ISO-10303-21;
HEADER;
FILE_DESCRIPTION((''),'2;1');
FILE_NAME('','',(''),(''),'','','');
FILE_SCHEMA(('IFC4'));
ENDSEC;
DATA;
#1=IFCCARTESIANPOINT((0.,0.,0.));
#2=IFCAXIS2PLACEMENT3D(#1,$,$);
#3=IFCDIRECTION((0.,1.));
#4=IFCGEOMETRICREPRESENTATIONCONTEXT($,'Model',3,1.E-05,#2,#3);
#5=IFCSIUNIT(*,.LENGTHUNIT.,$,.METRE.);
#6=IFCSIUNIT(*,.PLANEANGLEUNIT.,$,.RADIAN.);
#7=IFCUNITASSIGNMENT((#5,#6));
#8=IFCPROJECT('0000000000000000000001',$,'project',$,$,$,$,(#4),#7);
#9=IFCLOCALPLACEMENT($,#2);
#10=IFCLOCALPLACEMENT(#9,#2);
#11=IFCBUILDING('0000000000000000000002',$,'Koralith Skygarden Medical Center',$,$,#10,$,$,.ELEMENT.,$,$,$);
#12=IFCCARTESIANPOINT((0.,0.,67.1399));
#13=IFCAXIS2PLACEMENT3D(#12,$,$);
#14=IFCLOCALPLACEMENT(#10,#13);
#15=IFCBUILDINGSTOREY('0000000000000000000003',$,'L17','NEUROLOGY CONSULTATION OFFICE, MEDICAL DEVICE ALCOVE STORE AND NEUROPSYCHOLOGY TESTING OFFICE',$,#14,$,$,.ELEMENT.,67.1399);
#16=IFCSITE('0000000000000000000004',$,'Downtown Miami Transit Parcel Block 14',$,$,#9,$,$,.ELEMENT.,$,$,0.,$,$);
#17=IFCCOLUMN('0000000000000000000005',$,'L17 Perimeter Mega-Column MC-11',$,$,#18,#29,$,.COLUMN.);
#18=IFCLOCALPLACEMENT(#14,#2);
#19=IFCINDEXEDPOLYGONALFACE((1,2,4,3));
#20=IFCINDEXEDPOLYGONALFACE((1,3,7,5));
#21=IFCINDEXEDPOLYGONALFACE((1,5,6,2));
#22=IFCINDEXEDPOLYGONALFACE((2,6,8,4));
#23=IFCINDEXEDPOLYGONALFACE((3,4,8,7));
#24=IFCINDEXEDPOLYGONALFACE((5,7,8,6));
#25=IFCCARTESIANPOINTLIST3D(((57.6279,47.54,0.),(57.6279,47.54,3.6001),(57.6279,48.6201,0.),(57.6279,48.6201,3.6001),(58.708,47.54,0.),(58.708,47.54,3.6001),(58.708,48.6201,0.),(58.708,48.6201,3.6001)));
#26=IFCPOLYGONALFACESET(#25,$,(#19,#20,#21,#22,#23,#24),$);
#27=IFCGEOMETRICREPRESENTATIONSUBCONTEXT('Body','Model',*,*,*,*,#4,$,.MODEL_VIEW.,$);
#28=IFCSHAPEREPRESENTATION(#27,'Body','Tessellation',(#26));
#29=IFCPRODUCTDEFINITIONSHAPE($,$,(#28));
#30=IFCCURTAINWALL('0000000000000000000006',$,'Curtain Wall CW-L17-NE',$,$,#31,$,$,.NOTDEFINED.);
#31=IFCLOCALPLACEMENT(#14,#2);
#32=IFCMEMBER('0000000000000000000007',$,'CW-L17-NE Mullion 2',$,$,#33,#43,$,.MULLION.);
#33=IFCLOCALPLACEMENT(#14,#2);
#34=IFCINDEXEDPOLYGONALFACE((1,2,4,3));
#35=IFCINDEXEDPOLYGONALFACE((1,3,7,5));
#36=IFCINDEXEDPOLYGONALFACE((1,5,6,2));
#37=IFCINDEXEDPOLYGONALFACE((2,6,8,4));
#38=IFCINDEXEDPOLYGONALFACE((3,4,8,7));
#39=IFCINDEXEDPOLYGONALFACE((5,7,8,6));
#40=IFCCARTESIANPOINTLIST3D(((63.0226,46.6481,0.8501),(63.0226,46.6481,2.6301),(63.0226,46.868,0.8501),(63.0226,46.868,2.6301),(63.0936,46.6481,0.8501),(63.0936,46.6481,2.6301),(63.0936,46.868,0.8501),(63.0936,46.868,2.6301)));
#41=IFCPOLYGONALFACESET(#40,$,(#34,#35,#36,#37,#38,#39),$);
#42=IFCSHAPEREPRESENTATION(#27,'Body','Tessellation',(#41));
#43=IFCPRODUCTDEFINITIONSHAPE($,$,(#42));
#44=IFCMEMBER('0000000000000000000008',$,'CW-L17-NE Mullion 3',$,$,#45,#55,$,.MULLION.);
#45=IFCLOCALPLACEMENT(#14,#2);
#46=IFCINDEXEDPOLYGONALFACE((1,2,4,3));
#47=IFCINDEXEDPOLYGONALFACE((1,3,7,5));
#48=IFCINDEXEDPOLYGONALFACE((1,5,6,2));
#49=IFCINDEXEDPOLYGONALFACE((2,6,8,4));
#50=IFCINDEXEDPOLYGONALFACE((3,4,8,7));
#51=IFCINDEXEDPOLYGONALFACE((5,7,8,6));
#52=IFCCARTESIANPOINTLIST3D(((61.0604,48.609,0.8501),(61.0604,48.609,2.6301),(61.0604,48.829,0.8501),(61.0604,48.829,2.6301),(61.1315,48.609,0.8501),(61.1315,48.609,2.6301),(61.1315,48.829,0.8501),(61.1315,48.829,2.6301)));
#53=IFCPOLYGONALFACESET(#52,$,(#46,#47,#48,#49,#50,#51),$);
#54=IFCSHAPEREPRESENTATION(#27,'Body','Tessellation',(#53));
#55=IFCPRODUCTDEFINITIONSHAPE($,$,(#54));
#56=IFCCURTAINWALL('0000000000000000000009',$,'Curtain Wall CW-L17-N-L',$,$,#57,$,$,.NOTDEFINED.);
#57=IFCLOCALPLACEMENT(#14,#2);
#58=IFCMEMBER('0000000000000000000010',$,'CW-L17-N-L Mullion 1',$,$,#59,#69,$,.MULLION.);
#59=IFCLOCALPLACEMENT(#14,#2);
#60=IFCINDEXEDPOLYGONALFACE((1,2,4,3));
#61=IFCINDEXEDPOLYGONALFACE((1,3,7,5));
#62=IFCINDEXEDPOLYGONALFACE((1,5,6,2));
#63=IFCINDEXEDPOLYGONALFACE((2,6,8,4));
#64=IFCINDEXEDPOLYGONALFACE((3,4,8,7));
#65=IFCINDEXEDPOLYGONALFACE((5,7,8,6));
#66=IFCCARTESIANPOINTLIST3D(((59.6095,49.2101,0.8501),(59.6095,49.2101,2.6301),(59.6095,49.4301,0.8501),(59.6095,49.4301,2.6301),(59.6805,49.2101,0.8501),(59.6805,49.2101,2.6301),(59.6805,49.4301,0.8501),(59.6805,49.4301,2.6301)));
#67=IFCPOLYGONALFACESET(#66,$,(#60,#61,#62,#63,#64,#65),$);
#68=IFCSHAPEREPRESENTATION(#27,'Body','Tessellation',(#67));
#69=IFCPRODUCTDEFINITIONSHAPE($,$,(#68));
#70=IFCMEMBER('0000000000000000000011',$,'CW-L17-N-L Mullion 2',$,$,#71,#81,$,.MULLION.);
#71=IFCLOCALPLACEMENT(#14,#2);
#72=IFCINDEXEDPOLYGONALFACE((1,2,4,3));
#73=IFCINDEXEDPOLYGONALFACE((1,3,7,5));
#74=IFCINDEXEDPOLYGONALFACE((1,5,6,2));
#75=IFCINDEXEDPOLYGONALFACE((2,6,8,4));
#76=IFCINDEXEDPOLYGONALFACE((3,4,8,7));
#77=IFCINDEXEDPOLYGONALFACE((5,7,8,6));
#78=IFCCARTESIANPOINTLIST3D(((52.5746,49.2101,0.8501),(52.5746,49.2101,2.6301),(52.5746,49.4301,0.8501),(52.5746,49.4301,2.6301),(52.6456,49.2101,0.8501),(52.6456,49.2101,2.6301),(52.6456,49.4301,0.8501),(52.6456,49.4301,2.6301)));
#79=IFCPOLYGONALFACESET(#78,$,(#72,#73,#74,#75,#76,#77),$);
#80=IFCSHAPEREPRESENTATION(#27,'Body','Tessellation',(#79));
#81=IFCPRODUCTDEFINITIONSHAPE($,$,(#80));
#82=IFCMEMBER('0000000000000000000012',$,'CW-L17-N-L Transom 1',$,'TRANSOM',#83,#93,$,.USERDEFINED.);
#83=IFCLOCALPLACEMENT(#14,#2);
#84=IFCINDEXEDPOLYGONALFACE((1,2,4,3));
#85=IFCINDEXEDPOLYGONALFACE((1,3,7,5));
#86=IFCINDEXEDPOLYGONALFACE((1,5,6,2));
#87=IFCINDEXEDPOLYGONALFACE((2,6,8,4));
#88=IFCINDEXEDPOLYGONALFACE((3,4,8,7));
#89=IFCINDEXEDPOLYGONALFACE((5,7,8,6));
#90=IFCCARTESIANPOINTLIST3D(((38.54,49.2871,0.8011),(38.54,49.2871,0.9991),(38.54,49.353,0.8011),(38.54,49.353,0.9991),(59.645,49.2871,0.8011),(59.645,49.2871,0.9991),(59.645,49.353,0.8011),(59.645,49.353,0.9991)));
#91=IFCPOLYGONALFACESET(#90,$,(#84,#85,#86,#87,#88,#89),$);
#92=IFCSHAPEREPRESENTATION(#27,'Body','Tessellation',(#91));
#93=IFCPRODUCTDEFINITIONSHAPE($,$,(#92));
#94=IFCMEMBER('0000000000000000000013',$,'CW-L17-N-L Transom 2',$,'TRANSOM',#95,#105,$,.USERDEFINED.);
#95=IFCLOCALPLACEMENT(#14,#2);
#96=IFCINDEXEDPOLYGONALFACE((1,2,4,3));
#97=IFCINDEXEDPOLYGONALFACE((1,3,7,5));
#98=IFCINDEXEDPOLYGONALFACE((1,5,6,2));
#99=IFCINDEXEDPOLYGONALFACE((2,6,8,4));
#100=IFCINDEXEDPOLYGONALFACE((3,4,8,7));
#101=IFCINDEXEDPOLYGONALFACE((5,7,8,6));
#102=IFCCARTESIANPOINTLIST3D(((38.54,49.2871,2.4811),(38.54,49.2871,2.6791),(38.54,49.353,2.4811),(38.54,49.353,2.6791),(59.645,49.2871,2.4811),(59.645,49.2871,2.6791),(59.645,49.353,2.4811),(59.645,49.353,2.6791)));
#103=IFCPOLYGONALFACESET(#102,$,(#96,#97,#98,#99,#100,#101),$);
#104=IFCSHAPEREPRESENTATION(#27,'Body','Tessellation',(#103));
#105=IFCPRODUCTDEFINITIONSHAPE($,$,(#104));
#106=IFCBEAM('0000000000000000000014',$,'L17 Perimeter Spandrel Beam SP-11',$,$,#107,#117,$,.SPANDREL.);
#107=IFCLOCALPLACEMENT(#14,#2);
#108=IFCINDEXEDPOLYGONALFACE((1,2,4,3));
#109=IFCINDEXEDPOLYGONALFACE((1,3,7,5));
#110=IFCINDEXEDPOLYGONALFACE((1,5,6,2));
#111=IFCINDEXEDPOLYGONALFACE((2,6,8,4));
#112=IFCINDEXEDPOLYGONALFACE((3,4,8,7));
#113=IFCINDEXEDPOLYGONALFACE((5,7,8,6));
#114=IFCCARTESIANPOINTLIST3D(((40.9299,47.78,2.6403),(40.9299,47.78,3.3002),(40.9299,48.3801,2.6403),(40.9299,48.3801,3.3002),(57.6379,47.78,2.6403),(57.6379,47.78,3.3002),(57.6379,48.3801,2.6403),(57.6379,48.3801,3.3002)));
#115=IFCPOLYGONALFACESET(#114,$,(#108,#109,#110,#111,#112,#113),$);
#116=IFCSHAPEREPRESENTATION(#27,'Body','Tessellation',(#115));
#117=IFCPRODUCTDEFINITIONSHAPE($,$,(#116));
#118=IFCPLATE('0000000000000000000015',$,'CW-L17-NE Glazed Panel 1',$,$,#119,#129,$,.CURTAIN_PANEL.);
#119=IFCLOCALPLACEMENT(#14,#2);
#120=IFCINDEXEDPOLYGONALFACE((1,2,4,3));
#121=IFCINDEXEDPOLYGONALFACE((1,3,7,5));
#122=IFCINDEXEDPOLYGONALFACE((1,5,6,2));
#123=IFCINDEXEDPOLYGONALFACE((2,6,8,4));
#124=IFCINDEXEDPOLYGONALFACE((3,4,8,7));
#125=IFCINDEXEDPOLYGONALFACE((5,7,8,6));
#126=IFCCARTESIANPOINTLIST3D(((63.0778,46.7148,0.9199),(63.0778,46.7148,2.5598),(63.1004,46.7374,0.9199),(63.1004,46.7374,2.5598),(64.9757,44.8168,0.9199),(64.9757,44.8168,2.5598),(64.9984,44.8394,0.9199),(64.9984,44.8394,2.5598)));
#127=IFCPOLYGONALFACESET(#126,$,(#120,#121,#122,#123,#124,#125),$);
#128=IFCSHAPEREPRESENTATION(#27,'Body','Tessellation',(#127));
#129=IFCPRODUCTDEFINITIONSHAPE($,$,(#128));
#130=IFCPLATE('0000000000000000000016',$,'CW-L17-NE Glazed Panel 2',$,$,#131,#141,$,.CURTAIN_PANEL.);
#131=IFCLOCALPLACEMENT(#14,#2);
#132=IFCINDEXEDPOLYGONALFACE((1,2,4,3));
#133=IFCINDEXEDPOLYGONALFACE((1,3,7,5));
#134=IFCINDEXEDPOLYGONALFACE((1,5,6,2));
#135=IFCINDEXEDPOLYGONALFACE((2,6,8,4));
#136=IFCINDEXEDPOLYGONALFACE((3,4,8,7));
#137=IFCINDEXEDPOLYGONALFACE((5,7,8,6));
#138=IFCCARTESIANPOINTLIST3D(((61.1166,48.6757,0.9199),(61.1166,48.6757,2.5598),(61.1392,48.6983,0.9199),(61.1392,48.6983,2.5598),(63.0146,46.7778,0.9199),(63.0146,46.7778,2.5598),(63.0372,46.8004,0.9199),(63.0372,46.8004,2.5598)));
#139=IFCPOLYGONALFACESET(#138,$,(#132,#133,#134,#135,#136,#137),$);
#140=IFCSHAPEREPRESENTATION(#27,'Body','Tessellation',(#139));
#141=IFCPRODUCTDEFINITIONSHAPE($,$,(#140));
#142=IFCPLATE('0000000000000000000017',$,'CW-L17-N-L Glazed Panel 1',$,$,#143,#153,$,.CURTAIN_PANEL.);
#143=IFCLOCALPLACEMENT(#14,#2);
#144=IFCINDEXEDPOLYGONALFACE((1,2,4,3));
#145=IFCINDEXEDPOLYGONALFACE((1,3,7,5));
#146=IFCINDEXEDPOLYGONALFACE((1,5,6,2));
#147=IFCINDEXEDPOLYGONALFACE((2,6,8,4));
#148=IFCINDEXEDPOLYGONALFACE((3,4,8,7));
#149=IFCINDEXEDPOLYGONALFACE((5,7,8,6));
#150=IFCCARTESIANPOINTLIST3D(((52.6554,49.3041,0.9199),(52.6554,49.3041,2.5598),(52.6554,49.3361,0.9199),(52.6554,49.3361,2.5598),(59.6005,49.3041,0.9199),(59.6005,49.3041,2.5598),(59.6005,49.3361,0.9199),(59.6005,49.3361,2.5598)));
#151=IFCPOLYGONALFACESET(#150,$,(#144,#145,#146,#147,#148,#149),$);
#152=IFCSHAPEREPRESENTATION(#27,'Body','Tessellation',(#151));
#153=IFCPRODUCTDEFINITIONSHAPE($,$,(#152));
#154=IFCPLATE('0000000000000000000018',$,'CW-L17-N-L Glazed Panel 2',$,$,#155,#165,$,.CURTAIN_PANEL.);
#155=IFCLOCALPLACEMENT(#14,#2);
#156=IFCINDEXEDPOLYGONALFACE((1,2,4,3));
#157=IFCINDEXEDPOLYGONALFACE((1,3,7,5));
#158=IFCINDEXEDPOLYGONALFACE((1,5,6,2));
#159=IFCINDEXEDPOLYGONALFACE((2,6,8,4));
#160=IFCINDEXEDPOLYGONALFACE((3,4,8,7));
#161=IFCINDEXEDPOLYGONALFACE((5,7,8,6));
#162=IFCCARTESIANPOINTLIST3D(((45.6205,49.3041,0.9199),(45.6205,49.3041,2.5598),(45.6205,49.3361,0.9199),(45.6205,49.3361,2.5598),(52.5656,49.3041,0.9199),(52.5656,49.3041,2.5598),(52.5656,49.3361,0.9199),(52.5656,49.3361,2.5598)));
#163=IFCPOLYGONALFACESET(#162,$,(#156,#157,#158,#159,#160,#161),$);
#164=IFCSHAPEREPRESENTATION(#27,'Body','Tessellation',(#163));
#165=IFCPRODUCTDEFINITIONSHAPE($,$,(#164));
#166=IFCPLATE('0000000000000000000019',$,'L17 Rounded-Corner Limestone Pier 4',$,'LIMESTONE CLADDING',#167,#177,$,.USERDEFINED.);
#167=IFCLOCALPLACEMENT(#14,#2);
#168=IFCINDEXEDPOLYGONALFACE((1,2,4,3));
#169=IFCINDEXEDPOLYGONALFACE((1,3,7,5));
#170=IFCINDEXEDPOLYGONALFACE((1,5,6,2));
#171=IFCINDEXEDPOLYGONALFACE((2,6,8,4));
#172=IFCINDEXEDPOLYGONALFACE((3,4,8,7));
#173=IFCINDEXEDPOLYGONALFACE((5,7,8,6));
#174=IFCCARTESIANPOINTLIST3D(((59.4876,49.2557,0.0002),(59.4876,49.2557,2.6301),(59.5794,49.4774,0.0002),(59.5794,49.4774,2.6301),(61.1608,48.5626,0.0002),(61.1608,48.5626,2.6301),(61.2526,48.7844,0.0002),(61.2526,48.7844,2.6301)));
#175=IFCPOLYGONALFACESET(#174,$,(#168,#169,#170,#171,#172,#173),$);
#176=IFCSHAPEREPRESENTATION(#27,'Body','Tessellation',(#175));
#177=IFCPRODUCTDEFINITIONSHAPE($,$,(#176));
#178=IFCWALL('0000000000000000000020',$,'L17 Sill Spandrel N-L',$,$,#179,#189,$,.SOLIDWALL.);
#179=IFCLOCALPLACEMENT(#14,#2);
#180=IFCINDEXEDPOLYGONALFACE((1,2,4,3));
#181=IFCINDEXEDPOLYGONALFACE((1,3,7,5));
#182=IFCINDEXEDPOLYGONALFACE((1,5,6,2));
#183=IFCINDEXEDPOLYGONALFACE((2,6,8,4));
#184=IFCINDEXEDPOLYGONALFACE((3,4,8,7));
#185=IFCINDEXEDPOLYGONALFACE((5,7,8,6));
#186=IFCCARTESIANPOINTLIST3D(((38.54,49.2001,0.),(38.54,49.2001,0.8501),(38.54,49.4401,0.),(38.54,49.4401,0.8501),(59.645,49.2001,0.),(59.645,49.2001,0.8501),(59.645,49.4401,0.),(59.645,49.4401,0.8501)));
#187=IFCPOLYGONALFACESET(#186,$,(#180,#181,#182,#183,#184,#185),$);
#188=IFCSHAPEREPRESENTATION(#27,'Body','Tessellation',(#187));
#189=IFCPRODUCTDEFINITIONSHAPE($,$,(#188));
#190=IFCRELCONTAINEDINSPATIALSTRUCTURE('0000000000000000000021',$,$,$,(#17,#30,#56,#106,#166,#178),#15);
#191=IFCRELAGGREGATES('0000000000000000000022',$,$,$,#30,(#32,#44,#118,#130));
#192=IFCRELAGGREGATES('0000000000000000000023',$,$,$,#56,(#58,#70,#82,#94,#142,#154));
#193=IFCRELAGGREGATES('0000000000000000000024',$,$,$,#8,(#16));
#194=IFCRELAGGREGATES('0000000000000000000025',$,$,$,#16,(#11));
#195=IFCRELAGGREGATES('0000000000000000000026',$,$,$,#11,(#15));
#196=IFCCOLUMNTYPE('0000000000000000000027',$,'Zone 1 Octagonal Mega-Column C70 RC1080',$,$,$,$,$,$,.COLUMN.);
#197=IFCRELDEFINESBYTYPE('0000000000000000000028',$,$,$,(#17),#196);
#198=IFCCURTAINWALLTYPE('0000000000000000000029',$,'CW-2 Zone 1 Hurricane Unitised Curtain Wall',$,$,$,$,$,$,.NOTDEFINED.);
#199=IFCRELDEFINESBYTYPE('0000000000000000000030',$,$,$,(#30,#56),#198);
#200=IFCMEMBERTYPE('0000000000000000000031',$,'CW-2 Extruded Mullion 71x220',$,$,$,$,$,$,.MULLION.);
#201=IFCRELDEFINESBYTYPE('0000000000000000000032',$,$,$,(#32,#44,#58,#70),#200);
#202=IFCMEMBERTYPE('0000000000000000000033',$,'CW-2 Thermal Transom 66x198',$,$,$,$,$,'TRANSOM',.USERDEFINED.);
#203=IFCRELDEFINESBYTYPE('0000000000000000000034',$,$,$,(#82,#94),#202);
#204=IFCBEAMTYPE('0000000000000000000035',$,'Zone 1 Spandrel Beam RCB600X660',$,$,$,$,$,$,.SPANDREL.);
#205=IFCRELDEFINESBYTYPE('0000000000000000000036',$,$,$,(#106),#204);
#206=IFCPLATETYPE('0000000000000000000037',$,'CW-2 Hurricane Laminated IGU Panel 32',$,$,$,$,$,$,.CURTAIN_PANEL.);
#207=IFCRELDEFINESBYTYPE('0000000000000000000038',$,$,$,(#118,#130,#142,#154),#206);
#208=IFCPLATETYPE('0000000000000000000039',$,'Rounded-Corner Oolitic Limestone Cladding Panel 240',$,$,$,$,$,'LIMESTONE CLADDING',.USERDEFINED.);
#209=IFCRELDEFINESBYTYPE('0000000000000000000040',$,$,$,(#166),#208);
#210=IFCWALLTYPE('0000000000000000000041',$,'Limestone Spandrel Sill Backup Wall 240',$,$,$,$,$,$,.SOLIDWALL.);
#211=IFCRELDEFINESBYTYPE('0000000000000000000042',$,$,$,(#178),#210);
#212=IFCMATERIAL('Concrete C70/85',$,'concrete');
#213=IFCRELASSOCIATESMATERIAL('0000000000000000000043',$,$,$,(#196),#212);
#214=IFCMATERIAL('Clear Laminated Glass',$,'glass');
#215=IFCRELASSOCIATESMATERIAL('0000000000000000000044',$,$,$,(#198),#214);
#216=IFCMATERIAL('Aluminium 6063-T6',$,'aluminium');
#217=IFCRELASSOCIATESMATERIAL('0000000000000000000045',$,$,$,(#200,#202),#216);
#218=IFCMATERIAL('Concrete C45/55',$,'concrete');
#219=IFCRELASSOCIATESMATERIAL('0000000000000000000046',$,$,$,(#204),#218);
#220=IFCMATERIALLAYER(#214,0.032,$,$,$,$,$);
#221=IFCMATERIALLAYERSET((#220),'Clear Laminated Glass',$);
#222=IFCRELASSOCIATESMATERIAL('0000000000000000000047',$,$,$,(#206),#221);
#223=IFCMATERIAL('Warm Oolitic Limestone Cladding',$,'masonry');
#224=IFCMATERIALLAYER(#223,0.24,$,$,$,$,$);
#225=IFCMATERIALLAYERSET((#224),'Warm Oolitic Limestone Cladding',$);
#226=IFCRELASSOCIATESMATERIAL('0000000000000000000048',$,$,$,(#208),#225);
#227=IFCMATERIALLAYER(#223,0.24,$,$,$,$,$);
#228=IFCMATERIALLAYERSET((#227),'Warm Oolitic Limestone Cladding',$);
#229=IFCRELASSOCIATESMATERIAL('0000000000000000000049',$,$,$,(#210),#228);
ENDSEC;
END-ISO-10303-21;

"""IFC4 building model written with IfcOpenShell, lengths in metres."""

from ifc_helpers import new_model, si_unit, direction, frame, frame_2d, origin, origin_2d, place, context, subcontext, project, spatial, rectangle, extrude, material, layer, layer_set, material_profile, profile_set, type_object, element, aggregate, save


model = new_model("IFC4")

# Units and contexts
model_context = context("Model", 3, precision=1e-05, world=origin(), true_north=direction((0.0, 1.0)))
body_context = subcontext(model_context, "Body", "Model", "MODEL_VIEW")
ifc_project = project(units=[si_unit("LENGTHUNIT", "METRE"), si_unit("PLANEANGLEUNIT", "RADIAN")], contexts=[model_context])

# Site, building, storey
site_placement = place(None, origin())
site = spatial("IfcSite", under=ifc_project, at=site_placement, Name="Downtown Miami Transit Parcel Block 14", CompositionType="ELEMENT", RefElevation=0.0)
building_placement = place(site_placement, origin())
building = spatial("IfcBuilding", under=site, at=building_placement, Name="Koralith Skygarden Medical Center", CompositionType="ELEMENT")
storey_placement = place(building_placement, frame((0.0, 0.0, 67.1399)))
storey = spatial("IfcBuildingStorey", under=building, at=storey_placement, Name="L17", Description="NEUROLOGY CONSULTATION OFFICE, MEDICAL DEVICE ALCOVE STORE AND NEUROPSYCHOLOGY TESTING OFFICE", CompositionType="ELEMENT", Elevation=67.1399)

# Column
ifc_material_1 = material(Name="Concrete C70/85", Category="concrete")
ifc_material_profile_1 = material_profile(ifc_material_1, rectangle(XDim=1.0801, YDim=1.0801, at=origin_2d()), Name="RC1080X1080")
ifc_profile_set_1 = profile_set([ifc_material_profile_1], Name="Concrete C70/85")
column_type = type_object("IfcColumnType", Name="Zone 1 Octagonal Mega-Column C70 RC1080", PredefinedType="COLUMN", material=ifc_profile_set_1)
column_placement = place(storey_placement, frame((58.168, 48.0801, 0.0), z_axis=(0.0, 0.0, 1.0), x_axis=(1.0, 0.0, 0.0)))
element("IfcColumn", 1, at=column_placement, inside=storey, type_object=column_type, Name="L17 Perimeter Mega-Column MC-11", PredefinedType="COLUMN", context=body_context, shape_type="SweptSolid", body=[
    extrude(rectangle(XDim=1.0801, YDim=1.0801, at=origin_2d()), origin(), (0.0, 0.0, 1.0), 3.6001),
])

# Curtain walls, members
ifc_material_2 = material(Name="Clear Laminated Glass", Category="glass")
curtain_wall_type = type_object("IfcCurtainWallType", Name="CW-2 Zone 1 Hurricane Unitised Curtain Wall", PredefinedType="NOTDEFINED", material=ifc_material_2)
curtain_wall_1_placement = place(storey_placement, origin())
curtain_wall_1 = element("IfcCurtainWall", 2, at=curtain_wall_1_placement, inside=storey, type_object=curtain_wall_type, Name="Curtain Wall CW-L17-NE", PredefinedType="NOTDEFINED")
ifc_material_3 = material(Name="Aluminium 6063-T6", Category="aluminium")
ifc_material_profile_2 = material_profile(ifc_material_3, rectangle(XDim=0.071, YDim=0.22, at=origin_2d()), Name="MUL71X220")
ifc_profile_set_2 = profile_set([ifc_material_profile_2], Name="Aluminium 6063-T6")
member_type_1 = type_object("IfcMemberType", Name="CW-2 Extruded Mullion 71x220", PredefinedType="MULLION", material=ifc_profile_set_2)
member_1_placement = place(storey_placement, frame((63.0581, 46.7581, 0.8501), z_axis=(0.0, 0.0, 1.0), x_axis=(1.0, 0.0, 0.0)))
member_1 = element("IfcMember", 3, at=member_1_placement, type_object=member_type_1, Name="CW-L17-NE Mullion 2", PredefinedType="MULLION", context=body_context, shape_type="SweptSolid", body=[
    extrude(rectangle(XDim=0.071, YDim=0.22, at=origin_2d()), origin(), (0.0, 0.0, 1.0), 1.78),
])
member_2_placement = place(storey_placement, frame((61.0959, 48.719, 0.8501), z_axis=(0.0, 0.0, 1.0), x_axis=(1.0, 0.0, 0.0)))
member_2 = element("IfcMember", 4, at=member_2_placement, type_object=member_type_1, Name="CW-L17-NE Mullion 3", PredefinedType="MULLION", context=body_context, shape_type="SweptSolid", body=[
    extrude(rectangle(XDim=0.071, YDim=0.22, at=origin_2d()), origin(), (0.0, 0.0, 1.0), 1.78),
])
curtain_wall_2_placement = place(storey_placement, origin())
curtain_wall_2 = element("IfcCurtainWall", 5, at=curtain_wall_2_placement, inside=storey, type_object=curtain_wall_type, Name="Curtain Wall CW-L17-N-L", PredefinedType="NOTDEFINED")
member_3_placement = place(storey_placement, frame((59.645, 49.3201, 0.8501), z_axis=(0.0, 0.0, 1.0), x_axis=(1.0, 0.0, 0.0)))
member_3 = element("IfcMember", 6, at=member_3_placement, type_object=member_type_1, Name="CW-L17-N-L Mullion 1", PredefinedType="MULLION", context=body_context, shape_type="SweptSolid", body=[
    extrude(rectangle(XDim=0.071, YDim=0.22, at=origin_2d()), origin(), (0.0, 0.0, 1.0), 1.78),
])
member_4_placement = place(storey_placement, frame((52.6101, 49.3201, 0.8501), z_axis=(0.0, 0.0, 1.0), x_axis=(1.0, 0.0, 0.0)))
member_4 = element("IfcMember", 7, at=member_4_placement, type_object=member_type_1, Name="CW-L17-N-L Mullion 2", PredefinedType="MULLION", context=body_context, shape_type="SweptSolid", body=[
    extrude(rectangle(XDim=0.071, YDim=0.22, at=origin_2d()), origin(), (0.0, 0.0, 1.0), 1.78),
])
ifc_material_profile_3 = material_profile(ifc_material_3, rectangle(XDim=0.0659, YDim=0.198, at=origin_2d()), Name="TRN66X198")
ifc_profile_set_3 = profile_set([ifc_material_profile_3], Name="Aluminium 6063-T6")
member_type_2 = type_object("IfcMemberType", Name="CW-2 Thermal Transom 66x198", ElementType="TRANSOM", PredefinedType="USERDEFINED", material=ifc_profile_set_3)
member_5_placement = place(storey_placement, frame((59.645, 49.3201, 0.9001), z_axis=(-1.0, 0.0, 0.0), x_axis=(0.0, -1.0, 0.0)))
member_5 = element("IfcMember", 8, at=member_5_placement, type_object=member_type_2, Name="CW-L17-N-L Transom 1", ObjectType="TRANSOM", PredefinedType="USERDEFINED", context=body_context, shape_type="SweptSolid", body=[
    extrude(rectangle(XDim=0.0659, YDim=0.198, at=origin_2d()), origin(), (0.0, 0.0, 1.0), 21.105),
])
member_6_placement = place(storey_placement, frame((59.645, 49.3201, 2.5801), z_axis=(-1.0, 0.0, 0.0), x_axis=(0.0, -1.0, 0.0)))
member_6 = element("IfcMember", 9, at=member_6_placement, type_object=member_type_2, Name="CW-L17-N-L Transom 2", ObjectType="TRANSOM", PredefinedType="USERDEFINED", context=body_context, shape_type="SweptSolid", body=[
    extrude(rectangle(XDim=0.0659, YDim=0.198, at=origin_2d()), origin(), (0.0, 0.0, 1.0), 21.105),
])

# Beam
ifc_material_4 = material(Name="Concrete C45/55", Category="concrete")
ifc_material_profile_4 = material_profile(ifc_material_4, rectangle(XDim=0.6001, YDim=0.6599, at=origin_2d()), Name="RCB600X660")
ifc_profile_set_4 = profile_set([ifc_material_profile_4], Name="Concrete C45/55")
beam_type = type_object("IfcBeamType", Name="Zone 1 Spandrel Beam RCB600X660", PredefinedType="SPANDREL", material=ifc_profile_set_4)
beam_placement = place(storey_placement, frame((57.6379, 48.0801, 2.9702), z_axis=(-1.0, 0.0, 0.0), x_axis=(0.0, -1.0, 0.0)))
element("IfcBeam", 10, at=beam_placement, inside=storey, type_object=beam_type, Name="L17 Perimeter Spandrel Beam SP-11", PredefinedType="SPANDREL", context=body_context, shape_type="SweptSolid", body=[
    extrude(rectangle(XDim=0.6001, YDim=0.6599, at=origin_2d()), origin(), (0.0, 0.0, 1.0), 16.708),
])

# Plates
ifc_layer_1 = layer(ifc_material_2, 0.032)
ifc_layer_set_1 = layer_set([ifc_layer_1], Name="Clear Laminated Glass")
plate_type_1 = type_object("IfcPlateType", Name="CW-2 Hurricane Laminated IGU Panel 32", PredefinedType="CURTAIN_PANEL", material=ifc_layer_set_1)
plate_1_placement = place(storey_placement, frame((64.0381, 45.7771, 0.9199), z_axis=(0.0, 0.0, 1.0), x_axis=(-0.707107, 0.707107, 0.0)))
plate_1 = element("IfcPlate", 11, at=plate_1_placement, type_object=plate_type_1, Name="CW-L17-NE Glazed Panel 1", PredefinedType="CURTAIN_PANEL", context=body_context, shape_type="SweptSolid", body=[
    extrude(rectangle(XDim=2.6841, YDim=0.032, at=origin_2d()), origin(), (0.0, 0.0, 1.0), 1.6399),
])
plate_2_placement = place(storey_placement, frame((62.0769, 47.738, 0.9199), z_axis=(0.0, 0.0, 1.0), x_axis=(-0.707107, 0.707107, 0.0)))
plate_2 = element("IfcPlate", 12, at=plate_2_placement, type_object=plate_type_1, Name="CW-L17-NE Glazed Panel 2", PredefinedType="CURTAIN_PANEL", context=body_context, shape_type="SweptSolid", body=[
    extrude(rectangle(XDim=2.6841, YDim=0.032, at=origin_2d()), origin(), (0.0, 0.0, 1.0), 1.6399),
])
aggregate(curtain_wall_1, [member_1, member_2, plate_1, plate_2])
plate_3_placement = place(storey_placement, frame((56.1279, 49.3201, 0.9199), z_axis=(0.0, 0.0, 1.0), x_axis=(-1.0, 0.0, 0.0)))
plate_3 = element("IfcPlate", 13, at=plate_3_placement, type_object=plate_type_1, Name="CW-L17-N-L Glazed Panel 1", PredefinedType="CURTAIN_PANEL", context=body_context, shape_type="SweptSolid", body=[
    extrude(rectangle(XDim=6.9451, YDim=0.032, at=origin_2d()), origin(), (0.0, 0.0, 1.0), 1.6399),
])
plate_4_placement = place(storey_placement, frame((49.093, 49.3201, 0.9199), z_axis=(0.0, 0.0, 1.0), x_axis=(-1.0, 0.0, 0.0)))
plate_4 = element("IfcPlate", 14, at=plate_4_placement, type_object=plate_type_1, Name="CW-L17-N-L Glazed Panel 2", PredefinedType="CURTAIN_PANEL", context=body_context, shape_type="SweptSolid", body=[
    extrude(rectangle(XDim=6.9451, YDim=0.032, at=origin_2d()), origin(), (0.0, 0.0, 1.0), 1.6399),
])
aggregate(curtain_wall_2, [member_3, member_4, member_5, member_6, plate_3, plate_4])
ifc_material_5 = material(Name="Warm Oolitic Limestone Cladding", Category="masonry")
ifc_layer_2 = layer(ifc_material_5, 0.24)
ifc_layer_set_2 = layer_set([ifc_layer_2], Name="Warm Oolitic Limestone Cladding")
plate_type_2 = type_object("IfcPlateType", Name="Rounded-Corner Oolitic Limestone Cladding Panel 240", ElementType="LIMESTONE CLADDING", PredefinedType="USERDEFINED", material=ifc_layer_set_2)
plate_5_placement = place(storey_placement, frame((60.3701, 49.02, 0.0002), z_axis=(0.0, 0.0, 1.0), x_axis=(-0.923885, 0.382671, 0.0)))
element("IfcPlate", 15, at=plate_5_placement, inside=storey, type_object=plate_type_2, Name="L17 Rounded-Corner Limestone Pier 4", ObjectType="LIMESTONE CLADDING", PredefinedType="USERDEFINED", context=body_context, shape_type="SweptSolid", body=[
    extrude(rectangle(XDim=1.811, YDim=0.24, at=origin_2d()), origin(), (0.0, 0.0, 1.0), 2.6299),
])

# Wall
ifc_layer_3 = layer(ifc_material_5, 0.24)
ifc_layer_set_3 = layer_set([ifc_layer_3], Name="Warm Oolitic Limestone Cladding")
wall_type = type_object("IfcWallType", Name="Limestone Spandrel Sill Backup Wall 240", PredefinedType="SOLIDWALL", material=ifc_layer_set_3)
wall_placement = place(storey_placement, frame((59.645, 49.3201, 0.0), z_axis=(0.0, 0.0, 1.0), x_axis=(-1.0, 0.0, 0.0)))
element("IfcWall", 16, at=wall_placement, inside=storey, type_object=wall_type, Name="L17 Sill Spandrel N-L", PredefinedType="SOLIDWALL", context=body_context, shape_type="SweptSolid", body=[
    extrude(rectangle(XDim=21.105, YDim=0.24, at=frame_2d((10.5525, 0.0))), origin(), (0.0, 0.0, 1.0), 0.8501),
])

save(model, "model.ifc")
